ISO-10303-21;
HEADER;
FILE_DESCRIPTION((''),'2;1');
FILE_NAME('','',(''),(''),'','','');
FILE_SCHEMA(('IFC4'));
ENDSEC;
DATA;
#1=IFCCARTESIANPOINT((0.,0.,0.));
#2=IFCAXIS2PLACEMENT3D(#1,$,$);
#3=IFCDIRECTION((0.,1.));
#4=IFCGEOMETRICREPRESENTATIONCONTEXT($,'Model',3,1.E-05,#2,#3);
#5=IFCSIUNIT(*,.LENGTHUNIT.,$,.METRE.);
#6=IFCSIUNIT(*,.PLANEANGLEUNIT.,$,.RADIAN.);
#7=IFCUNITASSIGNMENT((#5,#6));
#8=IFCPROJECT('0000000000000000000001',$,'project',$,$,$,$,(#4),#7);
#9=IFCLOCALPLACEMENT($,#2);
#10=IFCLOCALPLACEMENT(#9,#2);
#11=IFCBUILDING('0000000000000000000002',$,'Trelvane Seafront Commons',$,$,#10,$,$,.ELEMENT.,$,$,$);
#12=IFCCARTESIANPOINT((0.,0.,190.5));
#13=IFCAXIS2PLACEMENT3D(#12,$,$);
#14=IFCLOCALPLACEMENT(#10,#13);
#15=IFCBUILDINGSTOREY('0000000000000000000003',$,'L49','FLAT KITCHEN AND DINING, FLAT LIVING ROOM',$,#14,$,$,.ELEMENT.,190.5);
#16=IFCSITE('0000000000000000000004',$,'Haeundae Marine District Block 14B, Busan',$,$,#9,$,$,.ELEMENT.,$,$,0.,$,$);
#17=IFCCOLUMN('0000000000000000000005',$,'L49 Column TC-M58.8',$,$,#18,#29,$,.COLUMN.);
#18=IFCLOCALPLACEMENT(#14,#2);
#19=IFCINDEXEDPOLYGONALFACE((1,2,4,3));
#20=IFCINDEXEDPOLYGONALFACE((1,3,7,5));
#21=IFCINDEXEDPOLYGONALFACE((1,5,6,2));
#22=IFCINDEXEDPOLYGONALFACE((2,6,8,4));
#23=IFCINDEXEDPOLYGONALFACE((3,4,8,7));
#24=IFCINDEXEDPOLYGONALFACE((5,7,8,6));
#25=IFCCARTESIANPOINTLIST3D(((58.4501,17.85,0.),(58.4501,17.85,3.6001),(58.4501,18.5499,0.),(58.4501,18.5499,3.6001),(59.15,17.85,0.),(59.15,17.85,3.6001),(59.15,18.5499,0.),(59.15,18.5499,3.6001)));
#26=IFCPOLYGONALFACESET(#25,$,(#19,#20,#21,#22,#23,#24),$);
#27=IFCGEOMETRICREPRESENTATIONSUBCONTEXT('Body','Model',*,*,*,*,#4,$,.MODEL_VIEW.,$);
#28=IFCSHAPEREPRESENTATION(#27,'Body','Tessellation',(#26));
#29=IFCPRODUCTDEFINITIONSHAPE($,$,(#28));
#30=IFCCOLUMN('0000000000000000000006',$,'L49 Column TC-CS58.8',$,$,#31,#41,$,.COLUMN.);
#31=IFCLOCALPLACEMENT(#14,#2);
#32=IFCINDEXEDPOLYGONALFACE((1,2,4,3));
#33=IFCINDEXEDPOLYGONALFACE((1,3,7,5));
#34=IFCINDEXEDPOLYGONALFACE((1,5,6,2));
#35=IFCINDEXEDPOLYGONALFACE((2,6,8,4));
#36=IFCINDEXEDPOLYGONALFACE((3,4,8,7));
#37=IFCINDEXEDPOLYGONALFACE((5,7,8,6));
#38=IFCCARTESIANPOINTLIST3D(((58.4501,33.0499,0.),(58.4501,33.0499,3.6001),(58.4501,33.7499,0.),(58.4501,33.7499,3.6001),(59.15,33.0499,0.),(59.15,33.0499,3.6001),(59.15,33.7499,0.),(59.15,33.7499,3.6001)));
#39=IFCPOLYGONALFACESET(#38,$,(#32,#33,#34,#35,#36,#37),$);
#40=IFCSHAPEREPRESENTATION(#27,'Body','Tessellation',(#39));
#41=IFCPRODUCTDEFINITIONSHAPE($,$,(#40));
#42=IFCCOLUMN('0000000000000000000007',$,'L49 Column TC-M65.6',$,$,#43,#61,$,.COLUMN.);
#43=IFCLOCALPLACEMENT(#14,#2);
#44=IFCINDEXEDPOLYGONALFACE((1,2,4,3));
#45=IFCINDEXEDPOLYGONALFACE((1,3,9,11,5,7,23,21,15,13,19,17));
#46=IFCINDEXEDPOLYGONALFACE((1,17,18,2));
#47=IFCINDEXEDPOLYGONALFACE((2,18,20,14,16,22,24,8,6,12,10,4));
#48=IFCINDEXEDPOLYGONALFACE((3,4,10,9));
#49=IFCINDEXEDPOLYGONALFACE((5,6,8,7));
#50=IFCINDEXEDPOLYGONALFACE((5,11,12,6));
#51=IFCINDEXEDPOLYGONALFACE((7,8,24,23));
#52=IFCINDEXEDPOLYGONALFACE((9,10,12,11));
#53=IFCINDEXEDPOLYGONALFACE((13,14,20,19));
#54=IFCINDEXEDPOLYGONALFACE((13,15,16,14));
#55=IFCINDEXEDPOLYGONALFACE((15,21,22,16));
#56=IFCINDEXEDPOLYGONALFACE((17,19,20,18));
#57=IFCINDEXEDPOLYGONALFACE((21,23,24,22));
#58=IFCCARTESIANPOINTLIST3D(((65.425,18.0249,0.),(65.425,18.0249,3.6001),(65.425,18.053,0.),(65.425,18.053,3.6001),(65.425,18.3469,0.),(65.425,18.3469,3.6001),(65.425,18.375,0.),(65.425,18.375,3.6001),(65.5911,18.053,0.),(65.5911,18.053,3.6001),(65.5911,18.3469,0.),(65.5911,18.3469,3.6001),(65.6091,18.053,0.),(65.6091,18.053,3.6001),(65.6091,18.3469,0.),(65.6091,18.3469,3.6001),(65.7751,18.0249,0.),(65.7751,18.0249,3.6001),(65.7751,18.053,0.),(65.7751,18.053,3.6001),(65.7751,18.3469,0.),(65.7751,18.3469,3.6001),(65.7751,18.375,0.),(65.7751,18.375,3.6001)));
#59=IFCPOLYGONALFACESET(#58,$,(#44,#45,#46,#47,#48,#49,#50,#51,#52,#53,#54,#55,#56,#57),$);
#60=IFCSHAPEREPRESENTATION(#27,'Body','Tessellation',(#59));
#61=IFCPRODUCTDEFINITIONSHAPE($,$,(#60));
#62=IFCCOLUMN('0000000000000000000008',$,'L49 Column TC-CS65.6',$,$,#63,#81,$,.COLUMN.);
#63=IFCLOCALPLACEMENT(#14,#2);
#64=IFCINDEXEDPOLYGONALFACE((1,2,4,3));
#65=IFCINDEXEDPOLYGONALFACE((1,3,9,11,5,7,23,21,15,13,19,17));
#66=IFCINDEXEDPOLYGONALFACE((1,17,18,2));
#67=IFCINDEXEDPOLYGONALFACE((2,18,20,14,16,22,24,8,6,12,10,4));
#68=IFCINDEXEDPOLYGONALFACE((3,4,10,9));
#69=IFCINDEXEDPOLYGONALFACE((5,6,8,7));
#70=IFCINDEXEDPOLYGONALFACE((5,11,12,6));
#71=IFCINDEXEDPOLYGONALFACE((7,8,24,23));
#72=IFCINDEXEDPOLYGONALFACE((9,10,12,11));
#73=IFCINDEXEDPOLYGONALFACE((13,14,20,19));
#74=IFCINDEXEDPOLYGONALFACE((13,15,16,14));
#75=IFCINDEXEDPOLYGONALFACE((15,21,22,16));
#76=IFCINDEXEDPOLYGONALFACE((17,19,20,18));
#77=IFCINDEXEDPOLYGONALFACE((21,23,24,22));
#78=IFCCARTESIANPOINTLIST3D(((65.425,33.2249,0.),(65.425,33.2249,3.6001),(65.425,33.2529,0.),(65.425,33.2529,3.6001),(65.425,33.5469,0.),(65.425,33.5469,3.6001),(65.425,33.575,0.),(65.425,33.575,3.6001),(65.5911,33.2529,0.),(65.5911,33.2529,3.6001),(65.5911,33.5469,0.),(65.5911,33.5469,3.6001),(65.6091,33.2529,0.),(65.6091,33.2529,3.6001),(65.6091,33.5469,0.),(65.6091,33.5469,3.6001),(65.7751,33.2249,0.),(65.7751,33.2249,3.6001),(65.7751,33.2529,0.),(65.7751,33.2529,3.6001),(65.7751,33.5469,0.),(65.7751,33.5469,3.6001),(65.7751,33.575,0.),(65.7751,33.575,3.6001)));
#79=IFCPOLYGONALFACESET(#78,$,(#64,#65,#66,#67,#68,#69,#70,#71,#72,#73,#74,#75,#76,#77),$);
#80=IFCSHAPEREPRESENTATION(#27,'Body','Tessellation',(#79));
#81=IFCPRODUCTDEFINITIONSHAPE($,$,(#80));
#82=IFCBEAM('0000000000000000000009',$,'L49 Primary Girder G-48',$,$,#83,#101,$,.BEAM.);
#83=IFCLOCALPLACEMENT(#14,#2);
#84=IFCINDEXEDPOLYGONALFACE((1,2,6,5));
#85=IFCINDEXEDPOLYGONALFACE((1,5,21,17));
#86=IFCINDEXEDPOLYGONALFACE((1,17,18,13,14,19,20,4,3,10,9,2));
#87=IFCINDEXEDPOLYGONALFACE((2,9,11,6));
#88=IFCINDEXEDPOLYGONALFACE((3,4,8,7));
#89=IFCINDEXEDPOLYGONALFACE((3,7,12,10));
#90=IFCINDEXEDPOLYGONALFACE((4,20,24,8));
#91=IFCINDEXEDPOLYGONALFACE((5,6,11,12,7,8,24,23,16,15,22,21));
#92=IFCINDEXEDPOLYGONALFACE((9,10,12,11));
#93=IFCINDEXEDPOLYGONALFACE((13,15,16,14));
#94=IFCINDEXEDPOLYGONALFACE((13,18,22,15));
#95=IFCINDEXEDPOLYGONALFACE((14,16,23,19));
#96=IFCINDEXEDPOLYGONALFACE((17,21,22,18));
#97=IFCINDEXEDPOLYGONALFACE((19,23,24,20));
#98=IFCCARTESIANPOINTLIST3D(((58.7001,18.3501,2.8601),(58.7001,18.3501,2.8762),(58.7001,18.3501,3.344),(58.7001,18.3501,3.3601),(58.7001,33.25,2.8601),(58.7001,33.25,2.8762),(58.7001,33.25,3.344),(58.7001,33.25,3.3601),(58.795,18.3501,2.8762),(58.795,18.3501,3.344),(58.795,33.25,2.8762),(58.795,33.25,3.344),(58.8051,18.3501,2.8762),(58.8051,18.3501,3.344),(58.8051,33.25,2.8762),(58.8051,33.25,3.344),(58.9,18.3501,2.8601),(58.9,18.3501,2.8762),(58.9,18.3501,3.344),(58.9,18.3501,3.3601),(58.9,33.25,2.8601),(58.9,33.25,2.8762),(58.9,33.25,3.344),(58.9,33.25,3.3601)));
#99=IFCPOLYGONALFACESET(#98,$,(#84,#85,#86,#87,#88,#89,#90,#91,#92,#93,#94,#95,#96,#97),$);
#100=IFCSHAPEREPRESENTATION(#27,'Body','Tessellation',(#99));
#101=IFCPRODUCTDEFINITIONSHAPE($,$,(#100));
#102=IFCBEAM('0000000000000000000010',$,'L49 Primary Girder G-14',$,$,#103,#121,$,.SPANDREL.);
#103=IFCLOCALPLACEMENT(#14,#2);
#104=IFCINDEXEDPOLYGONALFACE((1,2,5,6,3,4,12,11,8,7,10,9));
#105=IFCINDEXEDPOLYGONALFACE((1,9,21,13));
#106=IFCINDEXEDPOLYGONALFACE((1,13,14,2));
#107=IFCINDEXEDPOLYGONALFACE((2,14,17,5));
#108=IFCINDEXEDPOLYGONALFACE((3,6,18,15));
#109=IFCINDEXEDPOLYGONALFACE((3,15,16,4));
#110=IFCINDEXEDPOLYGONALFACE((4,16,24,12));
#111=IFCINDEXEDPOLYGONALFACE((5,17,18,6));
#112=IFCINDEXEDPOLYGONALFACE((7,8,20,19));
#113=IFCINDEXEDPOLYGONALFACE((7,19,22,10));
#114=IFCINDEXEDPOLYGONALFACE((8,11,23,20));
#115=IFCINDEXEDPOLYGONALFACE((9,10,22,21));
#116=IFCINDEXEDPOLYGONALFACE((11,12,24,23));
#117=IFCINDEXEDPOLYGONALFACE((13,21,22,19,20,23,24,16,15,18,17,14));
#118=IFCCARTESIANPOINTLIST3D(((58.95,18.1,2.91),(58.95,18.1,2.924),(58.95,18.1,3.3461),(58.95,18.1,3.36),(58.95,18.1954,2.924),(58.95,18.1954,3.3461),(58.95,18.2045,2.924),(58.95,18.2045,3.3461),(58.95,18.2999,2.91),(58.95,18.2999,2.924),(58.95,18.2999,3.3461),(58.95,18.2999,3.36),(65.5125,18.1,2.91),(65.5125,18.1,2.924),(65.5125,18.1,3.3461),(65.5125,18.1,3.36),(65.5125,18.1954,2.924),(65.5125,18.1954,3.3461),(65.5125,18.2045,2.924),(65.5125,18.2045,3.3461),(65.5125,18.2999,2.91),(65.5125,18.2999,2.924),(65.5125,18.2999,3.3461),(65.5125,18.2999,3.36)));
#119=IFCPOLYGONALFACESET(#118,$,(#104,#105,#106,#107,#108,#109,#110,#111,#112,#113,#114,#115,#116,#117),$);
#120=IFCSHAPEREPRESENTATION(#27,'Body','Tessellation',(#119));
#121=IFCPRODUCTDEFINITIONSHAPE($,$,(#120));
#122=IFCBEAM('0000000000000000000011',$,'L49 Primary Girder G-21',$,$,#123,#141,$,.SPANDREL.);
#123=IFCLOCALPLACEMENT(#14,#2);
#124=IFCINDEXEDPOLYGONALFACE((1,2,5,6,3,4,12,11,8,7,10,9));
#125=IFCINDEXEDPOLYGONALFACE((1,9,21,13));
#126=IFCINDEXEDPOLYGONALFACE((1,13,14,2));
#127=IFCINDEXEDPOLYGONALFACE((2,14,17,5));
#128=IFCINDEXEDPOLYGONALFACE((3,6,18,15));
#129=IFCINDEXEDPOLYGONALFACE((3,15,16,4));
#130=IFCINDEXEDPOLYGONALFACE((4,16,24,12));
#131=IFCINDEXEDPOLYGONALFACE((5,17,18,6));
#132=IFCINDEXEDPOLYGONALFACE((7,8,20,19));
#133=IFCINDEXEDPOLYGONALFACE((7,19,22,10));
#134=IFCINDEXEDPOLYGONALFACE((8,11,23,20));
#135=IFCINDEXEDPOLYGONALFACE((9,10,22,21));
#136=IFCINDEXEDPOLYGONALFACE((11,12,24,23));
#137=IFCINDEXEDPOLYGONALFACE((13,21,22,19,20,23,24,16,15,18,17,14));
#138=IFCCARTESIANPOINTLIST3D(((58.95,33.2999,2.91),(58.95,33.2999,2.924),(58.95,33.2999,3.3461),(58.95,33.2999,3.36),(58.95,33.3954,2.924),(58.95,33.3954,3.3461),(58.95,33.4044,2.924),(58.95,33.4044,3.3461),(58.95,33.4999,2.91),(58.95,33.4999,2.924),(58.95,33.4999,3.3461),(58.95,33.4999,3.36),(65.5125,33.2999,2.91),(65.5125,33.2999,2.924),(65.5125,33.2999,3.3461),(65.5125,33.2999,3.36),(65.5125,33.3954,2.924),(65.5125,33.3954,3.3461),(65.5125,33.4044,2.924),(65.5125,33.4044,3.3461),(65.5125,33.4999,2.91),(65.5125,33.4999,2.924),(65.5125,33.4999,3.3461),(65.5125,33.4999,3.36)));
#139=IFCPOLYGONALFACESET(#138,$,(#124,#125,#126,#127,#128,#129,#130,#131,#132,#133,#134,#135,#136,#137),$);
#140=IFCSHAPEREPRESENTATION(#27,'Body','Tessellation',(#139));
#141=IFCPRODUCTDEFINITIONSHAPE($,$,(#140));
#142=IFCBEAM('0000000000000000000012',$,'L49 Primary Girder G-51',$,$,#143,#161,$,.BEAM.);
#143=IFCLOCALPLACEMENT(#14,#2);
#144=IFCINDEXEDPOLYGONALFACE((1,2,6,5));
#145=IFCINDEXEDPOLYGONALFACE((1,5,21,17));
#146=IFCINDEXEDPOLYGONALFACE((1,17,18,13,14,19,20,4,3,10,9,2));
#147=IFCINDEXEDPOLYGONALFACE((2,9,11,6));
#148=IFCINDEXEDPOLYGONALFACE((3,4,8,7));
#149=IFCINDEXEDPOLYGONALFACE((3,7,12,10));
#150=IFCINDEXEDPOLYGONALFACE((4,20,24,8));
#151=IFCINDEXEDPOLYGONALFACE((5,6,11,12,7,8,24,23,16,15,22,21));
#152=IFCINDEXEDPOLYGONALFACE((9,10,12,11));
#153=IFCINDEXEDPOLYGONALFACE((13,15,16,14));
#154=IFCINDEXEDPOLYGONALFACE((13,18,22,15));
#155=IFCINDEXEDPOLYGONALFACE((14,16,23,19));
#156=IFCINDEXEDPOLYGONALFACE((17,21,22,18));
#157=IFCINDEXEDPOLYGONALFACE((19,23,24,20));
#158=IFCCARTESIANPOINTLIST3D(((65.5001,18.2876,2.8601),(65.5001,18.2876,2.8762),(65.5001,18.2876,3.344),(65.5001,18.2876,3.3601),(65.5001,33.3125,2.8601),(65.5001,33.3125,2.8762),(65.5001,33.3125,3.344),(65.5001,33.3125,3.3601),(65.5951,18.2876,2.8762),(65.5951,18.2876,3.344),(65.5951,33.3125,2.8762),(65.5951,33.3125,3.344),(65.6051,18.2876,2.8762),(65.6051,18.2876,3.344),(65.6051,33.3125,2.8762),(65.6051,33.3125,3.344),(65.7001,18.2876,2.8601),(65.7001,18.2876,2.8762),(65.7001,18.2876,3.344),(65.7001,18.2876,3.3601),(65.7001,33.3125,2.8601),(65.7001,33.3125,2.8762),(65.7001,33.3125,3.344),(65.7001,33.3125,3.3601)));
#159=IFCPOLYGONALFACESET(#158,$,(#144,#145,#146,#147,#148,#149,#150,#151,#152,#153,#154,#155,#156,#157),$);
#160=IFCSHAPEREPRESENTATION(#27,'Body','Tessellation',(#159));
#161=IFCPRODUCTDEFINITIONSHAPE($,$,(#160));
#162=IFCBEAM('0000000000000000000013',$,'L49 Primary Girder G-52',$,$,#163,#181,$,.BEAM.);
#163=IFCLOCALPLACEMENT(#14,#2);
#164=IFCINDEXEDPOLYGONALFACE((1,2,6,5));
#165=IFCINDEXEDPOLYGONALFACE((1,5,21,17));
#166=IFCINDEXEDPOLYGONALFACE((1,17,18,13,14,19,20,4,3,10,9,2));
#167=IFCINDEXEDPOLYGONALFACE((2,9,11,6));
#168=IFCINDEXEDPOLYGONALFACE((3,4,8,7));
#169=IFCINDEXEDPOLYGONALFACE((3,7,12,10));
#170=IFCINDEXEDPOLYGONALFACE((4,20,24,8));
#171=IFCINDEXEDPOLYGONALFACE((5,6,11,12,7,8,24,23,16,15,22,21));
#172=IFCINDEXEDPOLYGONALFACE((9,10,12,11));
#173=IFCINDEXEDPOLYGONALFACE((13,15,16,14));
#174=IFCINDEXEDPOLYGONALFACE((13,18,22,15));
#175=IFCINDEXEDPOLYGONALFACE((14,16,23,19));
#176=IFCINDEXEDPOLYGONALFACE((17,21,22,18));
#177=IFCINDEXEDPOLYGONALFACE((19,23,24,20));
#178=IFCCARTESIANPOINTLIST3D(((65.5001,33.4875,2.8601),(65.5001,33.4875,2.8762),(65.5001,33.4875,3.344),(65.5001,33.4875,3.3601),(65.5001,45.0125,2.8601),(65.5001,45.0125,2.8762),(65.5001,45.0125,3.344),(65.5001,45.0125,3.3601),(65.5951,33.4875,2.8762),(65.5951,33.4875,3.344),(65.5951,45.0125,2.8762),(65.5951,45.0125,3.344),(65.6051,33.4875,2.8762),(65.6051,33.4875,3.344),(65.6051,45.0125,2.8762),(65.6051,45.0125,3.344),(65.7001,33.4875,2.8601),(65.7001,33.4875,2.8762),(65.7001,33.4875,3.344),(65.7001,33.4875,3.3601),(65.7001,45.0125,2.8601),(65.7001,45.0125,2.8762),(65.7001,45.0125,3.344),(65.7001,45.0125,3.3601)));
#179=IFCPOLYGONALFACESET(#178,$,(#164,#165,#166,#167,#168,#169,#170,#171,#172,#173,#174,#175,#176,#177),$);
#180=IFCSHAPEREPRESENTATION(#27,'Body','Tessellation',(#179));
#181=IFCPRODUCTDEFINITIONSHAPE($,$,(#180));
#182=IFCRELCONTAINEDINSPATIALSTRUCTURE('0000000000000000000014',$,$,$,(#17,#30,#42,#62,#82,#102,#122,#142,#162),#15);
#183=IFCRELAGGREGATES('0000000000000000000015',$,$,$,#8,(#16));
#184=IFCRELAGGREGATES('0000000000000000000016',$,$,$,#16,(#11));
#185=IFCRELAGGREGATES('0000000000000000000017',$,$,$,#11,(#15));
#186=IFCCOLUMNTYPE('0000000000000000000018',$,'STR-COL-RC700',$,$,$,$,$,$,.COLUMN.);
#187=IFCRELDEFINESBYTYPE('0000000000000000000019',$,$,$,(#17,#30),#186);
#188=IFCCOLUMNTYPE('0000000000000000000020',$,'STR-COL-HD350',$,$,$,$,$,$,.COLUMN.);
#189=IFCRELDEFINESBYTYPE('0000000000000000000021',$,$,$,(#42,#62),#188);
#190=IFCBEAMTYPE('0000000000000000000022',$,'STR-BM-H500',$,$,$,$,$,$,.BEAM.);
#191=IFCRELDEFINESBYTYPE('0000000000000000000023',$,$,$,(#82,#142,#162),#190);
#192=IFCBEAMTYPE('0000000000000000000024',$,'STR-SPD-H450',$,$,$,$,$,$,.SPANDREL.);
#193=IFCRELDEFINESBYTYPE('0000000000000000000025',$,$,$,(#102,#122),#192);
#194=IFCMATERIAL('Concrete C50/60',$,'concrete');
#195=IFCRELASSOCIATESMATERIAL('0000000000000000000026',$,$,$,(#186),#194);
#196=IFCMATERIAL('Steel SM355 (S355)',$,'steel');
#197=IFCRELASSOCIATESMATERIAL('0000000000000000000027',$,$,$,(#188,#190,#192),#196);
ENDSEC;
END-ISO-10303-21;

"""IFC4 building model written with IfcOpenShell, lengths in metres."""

from ifc_helpers import new_model, si_unit, direction, frame, origin, origin_2d, place, context, subcontext, project, spatial, rectangle, i_section, extrude, source, transform, mapped, material, material_profile, profile_set, type_object, element, save


model = new_model("IFC4")

# Units and contexts
model_context = context("Model", 3, precision=1e-05, world=origin(), true_north=direction((0.0, 1.0)))
body_context = subcontext(model_context, "Body", "Model", "MODEL_VIEW")
ifc_project = project(units=[si_unit("LENGTHUNIT", "METRE"), si_unit("PLANEANGLEUNIT", "RADIAN")], contexts=[model_context])

# Site, building, storey
site_placement = place(None, origin())
site = spatial("IfcSite", under=ifc_project, at=site_placement, Name="Haeundae Marine District Block 14B, Busan", CompositionType="ELEMENT", RefElevation=0.0)
building_placement = place(site_placement, origin())
building = spatial("IfcBuilding", under=site, at=building_placement, Name="Trelvane Seafront Commons", CompositionType="ELEMENT")
storey_placement = place(building_placement, frame((0.0, 0.0, 190.5)))
storey = spatial("IfcBuildingStorey", under=building, at=storey_placement, Name="L49", Description="FLAT KITCHEN AND DINING, FLAT LIVING ROOM", CompositionType="ELEMENT", Elevation=190.5)

# Columns
ifc_material_1 = material(Name="Concrete C50/60", Category="concrete")
ifc_material_profile_1 = material_profile(ifc_material_1, rectangle(XDim=0.7, YDim=0.7, at=origin_2d()), Name="RC-700x700")
ifc_profile_set_1 = profile_set([ifc_material_profile_1], Name="Concrete C50/60")
column_type_1 = type_object("IfcColumnType", Name="STR-COL-RC700", PredefinedType="COLUMN", material=ifc_profile_set_1)
shared_shape_1 = source(origin(), body_context, "Body", "SweptSolid", [
    extrude(rectangle(XDim=0.7, YDim=0.7, at=origin_2d()), origin(), (0.0, 0.0, 1.0), 3.6001),
])
for number, where, z_axis, x_axis, name in (
    (1, (58.8, 18.2, 0.0), (0.0, 0.0, 1.0), (1.0, 0.0, 0.0), "L49 Column TC-M58.8"),
    (2, (58.8, 33.3999, 0.0), (0.0, 0.0, 1.0), (1.0, 0.0, 0.0), "L49 Column TC-CS58.8"),
):
    element("IfcColumn", number, at=place(storey_placement, frame(where, z_axis=z_axis, x_axis=x_axis)), inside=storey, type_object=column_type_1, Name=name, PredefinedType="COLUMN", context=body_context, shape_type="MappedRepresentation", body=[
        mapped(shared_shape_1, transform((0.0, 0.0, 0.0), x_axis=(1.0, 0.0, 0.0), y_axis=(0.0, 1.0, 0.0), z_axis=(0.0, 0.0, 1.0), scale=1.0)),
    ])
ifc_material_2 = material(Name="Steel SM355 (S355)", Category="steel")
ifc_material_profile_2 = material_profile(ifc_material_2, i_section(OverallWidth=0.3501, OverallDepth=0.3501, WebThickness=0.0181, FlangeThickness=0.0281, at=origin_2d()), Name="HD-350x350x18x28")
ifc_profile_set_2 = profile_set([ifc_material_profile_2], Name="Steel SM355 (S355)")
column_type_2 = type_object("IfcColumnType", Name="STR-COL-HD350", PredefinedType="COLUMN", material=ifc_profile_set_2)
shared_shape_2 = source(origin(), body_context, "Body", "SweptSolid", [
    extrude(i_section(OverallWidth=0.3501, OverallDepth=0.3501, WebThickness=0.0181, FlangeThickness=0.0281, at=origin_2d()), origin(), (0.0, 0.0, 1.0), 3.6001),
])
for number, where, z_axis, x_axis, name in (
    (3, (65.6001, 18.2, 0.0), (0.0, 0.0, 1.0), (1.0, 0.0, 0.0), "L49 Column TC-M65.6"),
    (4, (65.6001, 33.3999, 0.0), (0.0, 0.0, 1.0), (1.0, 0.0, 0.0), "L49 Column TC-CS65.6"),
):
    element("IfcColumn", number, at=place(storey_placement, frame(where, z_axis=z_axis, x_axis=x_axis)), inside=storey, type_object=column_type_2, Name=name, PredefinedType="COLUMN", context=body_context, shape_type="MappedRepresentation", body=[
        mapped(shared_shape_2, transform((0.0, 0.0, 0.0), x_axis=(1.0, 0.0, 0.0), y_axis=(0.0, 1.0, 0.0), z_axis=(0.0, 0.0, 1.0), scale=1.0)),
    ])

# Beams
ifc_material_profile_3 = material_profile(ifc_material_2, i_section(OverallWidth=0.2, OverallDepth=0.5, WebThickness=0.01, FlangeThickness=0.0161, at=origin_2d()), Name="H-500x200x10x16")
ifc_profile_set_3 = profile_set([ifc_material_profile_3], Name="Steel SM355 (S355)")
beam_type_1 = type_object("IfcBeamType", Name="STR-BM-H500", PredefinedType="BEAM", material=ifc_profile_set_3)
shared_shape_3 = source(origin(), body_context, "Body", "SweptSolid", [
    extrude(i_section(OverallWidth=0.2, OverallDepth=0.5, WebThickness=0.01, FlangeThickness=0.0161, at=origin_2d()), origin(), (0.0, 0.0, 1.0), 14.8999),
])
beam_1_placement = place(storey_placement, frame((58.8, 18.3501, 3.1101), z_axis=(0.0, 1.0, 0.0), x_axis=(-1.0, 0.0, 0.0)))
element("IfcBeam", 5, at=beam_1_placement, inside=storey, type_object=beam_type_1, Name="L49 Primary Girder G-48", PredefinedType="BEAM", context=body_context, shape_type="MappedRepresentation", body=[
    mapped(shared_shape_3, transform((0.0, 0.0, 0.0), x_axis=(1.0, 0.0, 0.0), y_axis=(0.0, 1.0, 0.0), z_axis=(0.0, 0.0, 1.0), scale=1.0)),
])
ifc_material_profile_4 = material_profile(ifc_material_2, i_section(OverallWidth=0.2, OverallDepth=0.45, WebThickness=0.009, FlangeThickness=0.0139, at=origin_2d()), Name="H-450x200x9x14")
ifc_profile_set_4 = profile_set([ifc_material_profile_4], Name="Steel SM355 (S355)")
beam_type_2 = type_object("IfcBeamType", Name="STR-SPD-H450", PredefinedType="SPANDREL", material=ifc_profile_set_4)
shared_shape_4 = source(origin(), body_context, "Body", "SweptSolid", [
    extrude(i_section(OverallWidth=0.2, OverallDepth=0.45, WebThickness=0.009, FlangeThickness=0.0139, at=origin_2d()), origin(), (0.0, 0.0, 1.0), 6.5625),
])
for number, where, z_axis, x_axis, name in (
    (6, (58.95, 18.2, 3.135), (1.0, 0.0, 0.0), (0.0, 1.0, 0.0), "L49 Primary Girder G-14"),
    (7, (58.95, 33.3999, 3.135), (1.0, 0.0, 0.0), (0.0, 1.0, 0.0), "L49 Primary Girder G-21"),
):
    element("IfcBeam", number, at=place(storey_placement, frame(where, z_axis=z_axis, x_axis=x_axis)), inside=storey, type_object=beam_type_2, Name=name, PredefinedType="SPANDREL", context=body_context, shape_type="MappedRepresentation", body=[
        mapped(shared_shape_4, transform((0.0, 0.0, 0.0), x_axis=(1.0, 0.0, 0.0), y_axis=(0.0, 1.0, 0.0), z_axis=(0.0, 0.0, 1.0), scale=1.0)),
    ])
shared_shape_5 = source(origin(), body_context, "Body", "SweptSolid", [
    extrude(i_section(OverallWidth=0.2, OverallDepth=0.5, WebThickness=0.01, FlangeThickness=0.0161, at=origin_2d()), origin(), (0.0, 0.0, 1.0), 15.0249),
])
beam_2_placement = place(storey_placement, frame((65.6001, 18.2876, 3.1101), z_axis=(0.0, 1.0, 0.0), x_axis=(-1.0, 0.0, 0.0)))
element("IfcBeam", 8, at=beam_2_placement, inside=storey, type_object=beam_type_1, Name="L49 Primary Girder G-51", PredefinedType="BEAM", context=body_context, shape_type="MappedRepresentation", body=[
    mapped(shared_shape_5, transform((0.0, 0.0, 0.0), x_axis=(1.0, 0.0, 0.0), y_axis=(0.0, 1.0, 0.0), z_axis=(0.0, 0.0, 1.0), scale=1.0)),
])
shared_shape_6 = source(origin(), body_context, "Body", "SweptSolid", [
    extrude(i_section(OverallWidth=0.2, OverallDepth=0.5, WebThickness=0.01, FlangeThickness=0.0161, at=origin_2d()), origin(), (0.0, 0.0, 1.0), 11.5249),
])
beam_3_placement = place(storey_placement, frame((65.6001, 33.4875, 3.1101), z_axis=(0.0, 1.0, 0.0), x_axis=(-1.0, 0.0, 0.0)))
element("IfcBeam", 9, at=beam_3_placement, inside=storey, type_object=beam_type_1, Name="L49 Primary Girder G-52", PredefinedType="BEAM", context=body_context, shape_type="MappedRepresentation", body=[
    mapped(shared_shape_6, transform((0.0, 0.0, 0.0), x_axis=(1.0, 0.0, 0.0), y_axis=(0.0, 1.0, 0.0), z_axis=(0.0, 0.0, 1.0), scale=1.0)),
])

save(model, "model.ifc")
